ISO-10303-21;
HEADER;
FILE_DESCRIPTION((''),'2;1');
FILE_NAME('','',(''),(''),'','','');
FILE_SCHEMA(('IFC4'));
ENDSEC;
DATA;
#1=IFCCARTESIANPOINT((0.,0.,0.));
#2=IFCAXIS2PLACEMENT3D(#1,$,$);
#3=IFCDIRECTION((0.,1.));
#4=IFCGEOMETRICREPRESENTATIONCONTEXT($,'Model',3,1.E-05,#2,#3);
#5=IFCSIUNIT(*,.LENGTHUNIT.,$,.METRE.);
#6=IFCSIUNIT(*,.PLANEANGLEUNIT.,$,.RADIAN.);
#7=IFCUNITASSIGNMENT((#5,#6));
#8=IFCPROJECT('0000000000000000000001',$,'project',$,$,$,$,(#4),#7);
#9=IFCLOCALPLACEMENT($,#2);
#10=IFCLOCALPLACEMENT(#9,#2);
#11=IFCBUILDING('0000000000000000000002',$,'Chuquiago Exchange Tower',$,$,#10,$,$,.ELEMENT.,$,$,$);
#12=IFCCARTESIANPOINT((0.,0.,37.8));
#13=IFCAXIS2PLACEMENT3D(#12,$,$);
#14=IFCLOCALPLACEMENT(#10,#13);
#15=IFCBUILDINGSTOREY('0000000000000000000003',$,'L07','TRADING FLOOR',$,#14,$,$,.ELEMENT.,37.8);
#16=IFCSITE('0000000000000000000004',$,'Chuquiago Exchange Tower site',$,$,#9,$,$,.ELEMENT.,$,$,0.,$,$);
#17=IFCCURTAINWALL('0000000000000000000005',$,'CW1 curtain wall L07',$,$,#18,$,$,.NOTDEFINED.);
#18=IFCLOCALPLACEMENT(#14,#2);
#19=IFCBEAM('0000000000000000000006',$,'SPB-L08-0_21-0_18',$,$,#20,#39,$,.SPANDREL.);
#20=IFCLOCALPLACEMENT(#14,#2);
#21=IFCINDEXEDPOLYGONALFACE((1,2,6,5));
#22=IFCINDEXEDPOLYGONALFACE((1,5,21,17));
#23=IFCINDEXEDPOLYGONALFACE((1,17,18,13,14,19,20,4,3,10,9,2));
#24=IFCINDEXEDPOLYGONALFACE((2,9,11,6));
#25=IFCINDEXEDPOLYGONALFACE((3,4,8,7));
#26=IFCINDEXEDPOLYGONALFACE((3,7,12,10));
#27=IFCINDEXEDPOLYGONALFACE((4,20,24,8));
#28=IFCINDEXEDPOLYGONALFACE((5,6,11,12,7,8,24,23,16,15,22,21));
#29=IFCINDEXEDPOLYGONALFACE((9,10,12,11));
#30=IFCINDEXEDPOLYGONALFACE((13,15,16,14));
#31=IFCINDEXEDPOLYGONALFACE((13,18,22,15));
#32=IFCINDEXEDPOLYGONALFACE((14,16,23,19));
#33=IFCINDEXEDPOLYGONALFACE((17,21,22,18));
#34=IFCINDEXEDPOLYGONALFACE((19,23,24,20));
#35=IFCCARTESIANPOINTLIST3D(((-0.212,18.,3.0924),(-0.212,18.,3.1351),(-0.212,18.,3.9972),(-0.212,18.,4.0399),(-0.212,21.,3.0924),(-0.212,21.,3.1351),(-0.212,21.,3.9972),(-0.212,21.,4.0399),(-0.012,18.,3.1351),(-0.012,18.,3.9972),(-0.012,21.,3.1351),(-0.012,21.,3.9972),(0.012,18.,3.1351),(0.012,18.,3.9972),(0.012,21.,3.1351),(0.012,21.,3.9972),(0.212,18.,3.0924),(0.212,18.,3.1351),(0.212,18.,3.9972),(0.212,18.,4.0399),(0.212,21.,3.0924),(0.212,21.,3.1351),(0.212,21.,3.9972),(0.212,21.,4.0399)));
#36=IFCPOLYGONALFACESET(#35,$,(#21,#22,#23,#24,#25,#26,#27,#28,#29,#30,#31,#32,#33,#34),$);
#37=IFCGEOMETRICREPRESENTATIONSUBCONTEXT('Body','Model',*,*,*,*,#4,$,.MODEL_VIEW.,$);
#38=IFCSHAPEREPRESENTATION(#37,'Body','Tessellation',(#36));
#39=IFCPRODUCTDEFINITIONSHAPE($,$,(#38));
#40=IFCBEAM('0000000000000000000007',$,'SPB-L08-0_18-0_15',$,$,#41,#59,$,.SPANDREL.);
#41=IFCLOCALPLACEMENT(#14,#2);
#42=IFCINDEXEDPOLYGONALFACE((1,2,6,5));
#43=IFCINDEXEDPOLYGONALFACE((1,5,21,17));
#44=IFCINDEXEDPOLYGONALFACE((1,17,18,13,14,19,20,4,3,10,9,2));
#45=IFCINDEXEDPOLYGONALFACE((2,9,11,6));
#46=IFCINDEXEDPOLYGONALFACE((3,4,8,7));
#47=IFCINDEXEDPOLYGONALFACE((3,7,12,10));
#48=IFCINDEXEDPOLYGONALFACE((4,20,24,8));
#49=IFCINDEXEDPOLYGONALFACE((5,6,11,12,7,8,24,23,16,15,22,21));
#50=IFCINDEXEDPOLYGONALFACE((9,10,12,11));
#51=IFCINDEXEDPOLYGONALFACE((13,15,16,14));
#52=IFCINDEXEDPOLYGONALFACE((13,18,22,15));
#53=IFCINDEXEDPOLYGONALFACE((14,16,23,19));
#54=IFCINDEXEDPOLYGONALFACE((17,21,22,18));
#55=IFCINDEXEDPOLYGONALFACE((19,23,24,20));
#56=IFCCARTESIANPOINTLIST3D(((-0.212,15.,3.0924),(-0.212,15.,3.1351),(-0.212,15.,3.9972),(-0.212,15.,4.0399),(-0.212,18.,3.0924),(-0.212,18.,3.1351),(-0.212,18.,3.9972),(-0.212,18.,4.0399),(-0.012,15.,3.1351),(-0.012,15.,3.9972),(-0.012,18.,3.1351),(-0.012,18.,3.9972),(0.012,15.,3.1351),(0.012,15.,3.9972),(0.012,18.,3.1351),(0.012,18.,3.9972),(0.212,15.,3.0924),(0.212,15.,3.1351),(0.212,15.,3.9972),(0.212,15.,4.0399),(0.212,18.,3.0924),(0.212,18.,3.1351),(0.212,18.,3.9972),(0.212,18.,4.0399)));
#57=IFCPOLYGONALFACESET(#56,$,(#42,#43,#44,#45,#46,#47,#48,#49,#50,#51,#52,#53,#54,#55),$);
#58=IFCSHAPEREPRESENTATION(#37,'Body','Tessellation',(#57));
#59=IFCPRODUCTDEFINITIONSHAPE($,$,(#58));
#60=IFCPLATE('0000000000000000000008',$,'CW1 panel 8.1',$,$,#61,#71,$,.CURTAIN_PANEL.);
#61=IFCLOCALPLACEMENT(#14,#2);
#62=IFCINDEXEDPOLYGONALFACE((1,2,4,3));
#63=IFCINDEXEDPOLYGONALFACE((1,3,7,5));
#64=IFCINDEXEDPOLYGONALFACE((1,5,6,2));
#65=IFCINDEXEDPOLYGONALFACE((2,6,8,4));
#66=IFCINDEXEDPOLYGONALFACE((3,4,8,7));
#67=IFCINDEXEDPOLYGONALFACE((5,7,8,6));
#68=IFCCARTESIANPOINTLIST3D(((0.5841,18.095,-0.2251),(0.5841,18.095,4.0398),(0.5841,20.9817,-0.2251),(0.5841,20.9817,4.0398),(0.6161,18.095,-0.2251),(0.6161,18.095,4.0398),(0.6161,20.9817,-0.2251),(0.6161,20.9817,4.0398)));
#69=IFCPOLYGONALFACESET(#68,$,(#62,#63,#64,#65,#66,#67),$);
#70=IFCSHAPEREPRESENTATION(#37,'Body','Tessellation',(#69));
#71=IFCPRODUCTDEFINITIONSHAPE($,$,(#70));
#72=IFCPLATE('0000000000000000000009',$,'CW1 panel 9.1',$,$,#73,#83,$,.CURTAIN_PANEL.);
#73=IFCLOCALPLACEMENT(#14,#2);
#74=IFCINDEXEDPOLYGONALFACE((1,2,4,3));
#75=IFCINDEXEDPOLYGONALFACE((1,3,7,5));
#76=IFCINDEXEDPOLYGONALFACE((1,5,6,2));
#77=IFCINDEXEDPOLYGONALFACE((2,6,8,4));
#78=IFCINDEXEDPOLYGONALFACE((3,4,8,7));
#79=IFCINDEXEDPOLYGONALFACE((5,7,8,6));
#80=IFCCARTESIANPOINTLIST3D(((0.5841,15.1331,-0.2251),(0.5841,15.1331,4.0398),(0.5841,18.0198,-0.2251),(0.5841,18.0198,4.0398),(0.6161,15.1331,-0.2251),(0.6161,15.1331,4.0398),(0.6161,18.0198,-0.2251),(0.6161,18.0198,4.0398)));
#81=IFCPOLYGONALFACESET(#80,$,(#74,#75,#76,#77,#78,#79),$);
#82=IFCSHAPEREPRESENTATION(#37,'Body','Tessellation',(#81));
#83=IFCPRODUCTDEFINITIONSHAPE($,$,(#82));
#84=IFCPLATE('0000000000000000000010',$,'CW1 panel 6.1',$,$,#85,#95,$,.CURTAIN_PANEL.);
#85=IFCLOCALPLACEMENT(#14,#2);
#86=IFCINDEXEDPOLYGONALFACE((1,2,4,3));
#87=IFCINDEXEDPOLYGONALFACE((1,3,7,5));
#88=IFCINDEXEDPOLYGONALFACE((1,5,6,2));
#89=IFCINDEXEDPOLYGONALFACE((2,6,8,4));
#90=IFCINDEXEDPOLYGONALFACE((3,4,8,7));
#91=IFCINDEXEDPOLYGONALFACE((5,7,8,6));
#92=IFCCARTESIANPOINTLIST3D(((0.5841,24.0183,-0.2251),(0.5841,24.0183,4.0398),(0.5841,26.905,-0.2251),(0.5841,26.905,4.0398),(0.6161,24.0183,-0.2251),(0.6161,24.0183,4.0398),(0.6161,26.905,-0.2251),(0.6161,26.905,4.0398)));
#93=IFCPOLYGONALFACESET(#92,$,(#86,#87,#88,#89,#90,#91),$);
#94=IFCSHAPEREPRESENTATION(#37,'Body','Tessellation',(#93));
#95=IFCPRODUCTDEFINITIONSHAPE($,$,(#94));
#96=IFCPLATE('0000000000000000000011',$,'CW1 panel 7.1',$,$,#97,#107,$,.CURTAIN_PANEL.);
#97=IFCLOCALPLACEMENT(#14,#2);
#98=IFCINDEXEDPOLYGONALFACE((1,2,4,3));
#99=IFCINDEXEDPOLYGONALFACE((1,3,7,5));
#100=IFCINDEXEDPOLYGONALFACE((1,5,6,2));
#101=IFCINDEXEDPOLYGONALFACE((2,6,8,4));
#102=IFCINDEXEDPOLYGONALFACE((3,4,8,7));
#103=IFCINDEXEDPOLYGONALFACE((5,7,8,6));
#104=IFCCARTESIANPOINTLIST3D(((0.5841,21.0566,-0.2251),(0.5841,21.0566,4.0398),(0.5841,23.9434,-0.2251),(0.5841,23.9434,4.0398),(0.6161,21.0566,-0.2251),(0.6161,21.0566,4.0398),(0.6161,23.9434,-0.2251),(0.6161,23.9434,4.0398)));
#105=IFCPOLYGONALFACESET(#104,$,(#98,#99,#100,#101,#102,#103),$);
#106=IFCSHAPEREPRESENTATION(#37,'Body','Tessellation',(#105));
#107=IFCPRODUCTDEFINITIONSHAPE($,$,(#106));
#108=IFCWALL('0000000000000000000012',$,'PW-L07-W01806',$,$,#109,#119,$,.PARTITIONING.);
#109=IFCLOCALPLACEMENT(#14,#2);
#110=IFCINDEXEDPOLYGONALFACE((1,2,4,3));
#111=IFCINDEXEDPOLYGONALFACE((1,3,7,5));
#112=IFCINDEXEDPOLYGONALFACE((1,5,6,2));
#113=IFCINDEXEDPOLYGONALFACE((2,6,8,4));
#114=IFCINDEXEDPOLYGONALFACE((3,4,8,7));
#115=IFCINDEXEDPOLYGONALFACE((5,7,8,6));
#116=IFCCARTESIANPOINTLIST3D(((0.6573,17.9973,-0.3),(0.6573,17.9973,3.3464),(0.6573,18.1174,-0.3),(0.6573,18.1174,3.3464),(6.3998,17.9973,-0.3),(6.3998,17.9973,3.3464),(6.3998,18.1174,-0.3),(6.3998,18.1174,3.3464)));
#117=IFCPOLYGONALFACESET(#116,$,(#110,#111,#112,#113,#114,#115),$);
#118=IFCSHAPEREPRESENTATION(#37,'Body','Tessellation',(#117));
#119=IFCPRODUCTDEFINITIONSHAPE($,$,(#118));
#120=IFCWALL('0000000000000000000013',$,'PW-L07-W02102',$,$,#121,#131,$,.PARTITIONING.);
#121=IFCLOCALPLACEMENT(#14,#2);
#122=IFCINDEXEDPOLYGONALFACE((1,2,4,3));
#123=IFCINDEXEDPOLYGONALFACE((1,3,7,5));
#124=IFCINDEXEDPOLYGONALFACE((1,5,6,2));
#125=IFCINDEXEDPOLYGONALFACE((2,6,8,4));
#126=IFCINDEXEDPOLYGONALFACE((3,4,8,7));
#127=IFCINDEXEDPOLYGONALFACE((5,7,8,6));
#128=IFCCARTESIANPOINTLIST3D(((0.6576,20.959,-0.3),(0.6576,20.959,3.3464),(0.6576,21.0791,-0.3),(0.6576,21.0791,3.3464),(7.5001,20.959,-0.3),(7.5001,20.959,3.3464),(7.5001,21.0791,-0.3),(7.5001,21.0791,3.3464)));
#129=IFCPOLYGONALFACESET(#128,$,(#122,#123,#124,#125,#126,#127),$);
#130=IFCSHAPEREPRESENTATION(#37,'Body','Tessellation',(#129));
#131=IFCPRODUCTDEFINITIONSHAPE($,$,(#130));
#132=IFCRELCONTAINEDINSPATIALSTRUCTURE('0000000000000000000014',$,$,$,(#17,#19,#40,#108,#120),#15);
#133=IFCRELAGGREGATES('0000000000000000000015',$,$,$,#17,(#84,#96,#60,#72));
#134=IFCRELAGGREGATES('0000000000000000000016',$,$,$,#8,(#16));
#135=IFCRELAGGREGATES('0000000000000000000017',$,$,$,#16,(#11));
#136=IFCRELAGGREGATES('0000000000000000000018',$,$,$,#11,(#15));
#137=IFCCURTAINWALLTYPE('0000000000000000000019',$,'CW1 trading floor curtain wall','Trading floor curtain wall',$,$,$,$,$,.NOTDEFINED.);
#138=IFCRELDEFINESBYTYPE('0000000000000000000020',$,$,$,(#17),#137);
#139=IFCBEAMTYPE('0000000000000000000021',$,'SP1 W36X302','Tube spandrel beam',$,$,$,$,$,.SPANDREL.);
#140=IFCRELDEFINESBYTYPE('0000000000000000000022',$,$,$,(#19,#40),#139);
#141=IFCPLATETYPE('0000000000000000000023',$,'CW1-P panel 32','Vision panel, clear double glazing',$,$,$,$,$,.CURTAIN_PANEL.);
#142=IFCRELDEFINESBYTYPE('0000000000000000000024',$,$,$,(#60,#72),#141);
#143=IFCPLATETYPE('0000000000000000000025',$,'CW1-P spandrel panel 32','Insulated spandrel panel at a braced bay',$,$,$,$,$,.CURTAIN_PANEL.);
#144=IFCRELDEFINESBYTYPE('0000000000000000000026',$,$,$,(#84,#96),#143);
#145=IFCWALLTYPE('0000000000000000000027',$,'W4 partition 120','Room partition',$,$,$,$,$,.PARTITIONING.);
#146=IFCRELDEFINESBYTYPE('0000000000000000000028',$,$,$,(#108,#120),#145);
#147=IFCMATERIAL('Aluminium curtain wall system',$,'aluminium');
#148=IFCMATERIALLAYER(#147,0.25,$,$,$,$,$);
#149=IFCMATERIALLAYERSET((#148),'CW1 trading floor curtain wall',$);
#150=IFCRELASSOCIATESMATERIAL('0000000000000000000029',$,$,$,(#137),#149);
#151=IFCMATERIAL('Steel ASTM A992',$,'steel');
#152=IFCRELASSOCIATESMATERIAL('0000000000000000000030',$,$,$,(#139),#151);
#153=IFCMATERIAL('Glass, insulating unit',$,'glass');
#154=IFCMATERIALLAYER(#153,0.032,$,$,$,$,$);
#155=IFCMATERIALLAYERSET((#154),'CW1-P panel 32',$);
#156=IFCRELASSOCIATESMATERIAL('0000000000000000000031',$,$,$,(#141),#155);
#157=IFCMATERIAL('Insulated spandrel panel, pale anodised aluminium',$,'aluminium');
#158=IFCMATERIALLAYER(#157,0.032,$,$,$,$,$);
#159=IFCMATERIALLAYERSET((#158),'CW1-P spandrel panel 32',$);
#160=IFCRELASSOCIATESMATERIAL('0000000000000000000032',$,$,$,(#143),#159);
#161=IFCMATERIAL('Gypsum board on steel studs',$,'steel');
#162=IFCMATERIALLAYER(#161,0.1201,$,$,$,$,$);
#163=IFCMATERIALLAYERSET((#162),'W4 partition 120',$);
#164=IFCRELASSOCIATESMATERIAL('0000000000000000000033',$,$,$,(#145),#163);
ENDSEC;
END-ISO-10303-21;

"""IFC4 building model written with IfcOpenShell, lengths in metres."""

from ifc_helpers import new_model, si_unit, direction, frame, frame_2d, origin, origin_2d, place, context, subcontext, project, spatial, rectangle, i_section, extrude, material, layer, layer_set, material_profile, profile_set, type_object, element, aggregate, save


model = new_model("IFC4")

# Units and contexts
model_context = context("Model", 3, precision=1e-05, world=origin(), true_north=direction((0.0, 1.0)))
body_context = subcontext(model_context, "Body", "Model", "MODEL_VIEW")
ifc_project = project(units=[si_unit("LENGTHUNIT", "METRE"), si_unit("PLANEANGLEUNIT", "RADIAN")], contexts=[model_context])

# Site, building, storey
site_placement = place(None, origin())
site = spatial("IfcSite", under=ifc_project, at=site_placement, Name="Chuquiago Exchange Tower site", CompositionType="ELEMENT", RefElevation=0.0)
building_placement = place(site_placement, origin())
building = spatial("IfcBuilding", under=site, at=building_placement, Name="Chuquiago Exchange Tower", CompositionType="ELEMENT")
storey_placement = place(building_placement, frame((0.0, 0.0, 37.8)))
storey = spatial("IfcBuildingStorey", under=building, at=storey_placement, Name="L07", Description="TRADING FLOOR", CompositionType="ELEMENT", Elevation=37.8)

# Curtain wall
ifc_material_1 = material(Name="Aluminium curtain wall system", Category="aluminium")
ifc_layer_1 = layer(ifc_material_1, 0.25)
ifc_layer_set_1 = layer_set([ifc_layer_1], Name="CW1 trading floor curtain wall")
curtain_wall_type = type_object("IfcCurtainWallType", Name="CW1 trading floor curtain wall", Description="Trading floor curtain wall", PredefinedType="NOTDEFINED", material=ifc_layer_set_1)
curtain_wall_placement = place(storey_placement, origin())
curtain_wall = element("IfcCurtainWall", 1, at=curtain_wall_placement, inside=storey, type_object=curtain_wall_type, Name="CW1 curtain wall L07", PredefinedType="NOTDEFINED")

# Beams
ifc_material_2 = material(Name="Steel ASTM A992", Category="steel")
ifc_material_profile_1 = material_profile(ifc_material_2, i_section(OverallWidth=0.4241, OverallDepth=0.9475, WebThickness=0.0239, FlangeThickness=0.0427, at=origin_2d()), Name="W36X302")
ifc_profile_set_1 = profile_set([ifc_material_profile_1], Name="Steel ASTM A992")
beam_type = type_object("IfcBeamType", Name="SP1 W36X302", Description="Tube spandrel beam", PredefinedType="SPANDREL", material=ifc_profile_set_1)
for number, where, z_axis, x_axis, name in (
    (2, (0.0, 21.0, 3.5662), (0.0, -1.0, 0.0), (1.0, 0.0, 0.0), "SPB-L08-0_21-0_18"),
    (3, (0.0, 18.0, 3.5662), (0.0, -1.0, 0.0), (1.0, 0.0, 0.0), "SPB-L08-0_18-0_15"),
):
    element("IfcBeam", number, at=place(storey_placement, frame(where, z_axis=z_axis, x_axis=x_axis)), inside=storey, type_object=beam_type, Name=name, PredefinedType="SPANDREL", context=body_context, shape_type="SweptSolid", body=[
        extrude(i_section(OverallWidth=0.4241, OverallDepth=0.9475, WebThickness=0.0239, FlangeThickness=0.0427, at=origin_2d()), origin(), (0.0, 0.0, 1.0), 3.0),
    ])

# Plates
ifc_material_3 = material(Name="Glass, insulating unit", Category="glass")
ifc_layer_2 = layer(ifc_material_3, 0.032)
ifc_layer_set_2 = layer_set([ifc_layer_2], Name="CW1-P panel 32")
plate_type_1 = type_object("IfcPlateType", Name="CW1-P panel 32", Description="Vision panel, clear double glazing", PredefinedType="CURTAIN_PANEL", material=ifc_layer_set_2)
plate_1_placement = place(storey_placement, frame((0.6001, 19.5383, -0.2251), z_axis=(0.0, 0.0, 1.0), x_axis=(0.0, -1.0, 0.0)))
plate_1 = element("IfcPlate", 4, at=plate_1_placement, type_object=plate_type_1, Name="CW1 panel 8.1", PredefinedType="CURTAIN_PANEL", context=body_context, shape_type="SweptSolid", body=[
    extrude(rectangle(XDim=2.8867, YDim=0.032, at=origin_2d()), origin(), (0.0, 0.0, 1.0), 4.2649),
])
plate_2_placement = place(storey_placement, frame((0.6001, 16.5764, -0.2251), z_axis=(0.0, 0.0, 1.0), x_axis=(0.0, -1.0, 0.0)))
plate_2 = element("IfcPlate", 5, at=plate_2_placement, type_object=plate_type_1, Name="CW1 panel 9.1", PredefinedType="CURTAIN_PANEL", context=body_context, shape_type="SweptSolid", body=[
    extrude(rectangle(XDim=2.8867, YDim=0.032, at=origin_2d()), origin(), (0.0, 0.0, 1.0), 4.2649),
])
ifc_material_4 = material(Name="Insulated spandrel panel, pale anodised aluminium", Category="aluminium")
ifc_layer_3 = layer(ifc_material_4, 0.032)
ifc_layer_set_3 = layer_set([ifc_layer_3], Name="CW1-P spandrel panel 32")
plate_type_2 = type_object("IfcPlateType", Name="CW1-P spandrel panel 32", Description="Insulated spandrel panel at a braced bay", PredefinedType="CURTAIN_PANEL", material=ifc_layer_set_3)
plate_3_placement = place(storey_placement, frame((0.6001, 25.4617, -0.2251), z_axis=(0.0, 0.0, 1.0), x_axis=(0.0, -1.0, 0.0)))
plate_3 = element("IfcPlate", 6, at=plate_3_placement, type_object=plate_type_2, Name="CW1 panel 6.1", PredefinedType="CURTAIN_PANEL", context=body_context, shape_type="SweptSolid", body=[
    extrude(rectangle(XDim=2.8867, YDim=0.032, at=origin_2d()), origin(), (0.0, 0.0, 1.0), 4.2649),
])
plate_4_placement = place(storey_placement, frame((0.6001, 22.5, -0.2251), z_axis=(0.0, 0.0, 1.0), x_axis=(0.0, -1.0, 0.0)))
plate_4 = element("IfcPlate", 7, at=plate_4_placement, type_object=plate_type_2, Name="CW1 panel 7.1", PredefinedType="CURTAIN_PANEL", context=body_context, shape_type="SweptSolid", body=[
    extrude(rectangle(XDim=2.8867, YDim=0.032, at=origin_2d()), origin(), (0.0, 0.0, 1.0), 4.2649),
])
aggregate(curtain_wall, [plate_3, plate_4, plate_1, plate_2])

# Walls
ifc_material_5 = material(Name="Gypsum board on steel studs", Category="steel")
ifc_layer_4 = layer(ifc_material_5, 0.1201)
ifc_layer_set_4 = layer_set([ifc_layer_4], Name="W4 partition 120")
wall_type = type_object("IfcWallType", Name="W4 partition 120", Description="Room partition", PredefinedType="PARTITIONING", material=ifc_layer_set_4)
wall_1_placement = place(storey_placement, frame((0.6575, 18.0574, -0.3), z_axis=(0.0, 0.0, 1.0), x_axis=(1.0, 0.0, 0.0)))
element("IfcWall", 8, at=wall_1_placement, inside=storey, type_object=wall_type, Name="PW-L07-W01806", PredefinedType="PARTITIONING", context=body_context, shape_type="SweptSolid", body=[
    extrude(rectangle(XDim=5.7424, YDim=0.1201, at=frame_2d((2.8711, 0.0))), origin(), (0.0, 0.0, 1.0), 3.6465),
])
wall_2_placement = place(storey_placement, frame((0.6575, 21.019, -0.3), z_axis=(0.0, 0.0, 1.0), x_axis=(1.0, 0.0, 0.0)))
element("IfcWall", 9, at=wall_2_placement, inside=storey, type_object=wall_type, Name="PW-L07-W02102", PredefinedType="PARTITIONING", context=body_context, shape_type="SweptSolid", body=[
    extrude(rectangle(XDim=6.8425, YDim=0.1201, at=frame_2d((3.4214, 0.0))), origin(), (0.0, 0.0, 1.0), 3.6465),
])

save(model, "model.ifc")
